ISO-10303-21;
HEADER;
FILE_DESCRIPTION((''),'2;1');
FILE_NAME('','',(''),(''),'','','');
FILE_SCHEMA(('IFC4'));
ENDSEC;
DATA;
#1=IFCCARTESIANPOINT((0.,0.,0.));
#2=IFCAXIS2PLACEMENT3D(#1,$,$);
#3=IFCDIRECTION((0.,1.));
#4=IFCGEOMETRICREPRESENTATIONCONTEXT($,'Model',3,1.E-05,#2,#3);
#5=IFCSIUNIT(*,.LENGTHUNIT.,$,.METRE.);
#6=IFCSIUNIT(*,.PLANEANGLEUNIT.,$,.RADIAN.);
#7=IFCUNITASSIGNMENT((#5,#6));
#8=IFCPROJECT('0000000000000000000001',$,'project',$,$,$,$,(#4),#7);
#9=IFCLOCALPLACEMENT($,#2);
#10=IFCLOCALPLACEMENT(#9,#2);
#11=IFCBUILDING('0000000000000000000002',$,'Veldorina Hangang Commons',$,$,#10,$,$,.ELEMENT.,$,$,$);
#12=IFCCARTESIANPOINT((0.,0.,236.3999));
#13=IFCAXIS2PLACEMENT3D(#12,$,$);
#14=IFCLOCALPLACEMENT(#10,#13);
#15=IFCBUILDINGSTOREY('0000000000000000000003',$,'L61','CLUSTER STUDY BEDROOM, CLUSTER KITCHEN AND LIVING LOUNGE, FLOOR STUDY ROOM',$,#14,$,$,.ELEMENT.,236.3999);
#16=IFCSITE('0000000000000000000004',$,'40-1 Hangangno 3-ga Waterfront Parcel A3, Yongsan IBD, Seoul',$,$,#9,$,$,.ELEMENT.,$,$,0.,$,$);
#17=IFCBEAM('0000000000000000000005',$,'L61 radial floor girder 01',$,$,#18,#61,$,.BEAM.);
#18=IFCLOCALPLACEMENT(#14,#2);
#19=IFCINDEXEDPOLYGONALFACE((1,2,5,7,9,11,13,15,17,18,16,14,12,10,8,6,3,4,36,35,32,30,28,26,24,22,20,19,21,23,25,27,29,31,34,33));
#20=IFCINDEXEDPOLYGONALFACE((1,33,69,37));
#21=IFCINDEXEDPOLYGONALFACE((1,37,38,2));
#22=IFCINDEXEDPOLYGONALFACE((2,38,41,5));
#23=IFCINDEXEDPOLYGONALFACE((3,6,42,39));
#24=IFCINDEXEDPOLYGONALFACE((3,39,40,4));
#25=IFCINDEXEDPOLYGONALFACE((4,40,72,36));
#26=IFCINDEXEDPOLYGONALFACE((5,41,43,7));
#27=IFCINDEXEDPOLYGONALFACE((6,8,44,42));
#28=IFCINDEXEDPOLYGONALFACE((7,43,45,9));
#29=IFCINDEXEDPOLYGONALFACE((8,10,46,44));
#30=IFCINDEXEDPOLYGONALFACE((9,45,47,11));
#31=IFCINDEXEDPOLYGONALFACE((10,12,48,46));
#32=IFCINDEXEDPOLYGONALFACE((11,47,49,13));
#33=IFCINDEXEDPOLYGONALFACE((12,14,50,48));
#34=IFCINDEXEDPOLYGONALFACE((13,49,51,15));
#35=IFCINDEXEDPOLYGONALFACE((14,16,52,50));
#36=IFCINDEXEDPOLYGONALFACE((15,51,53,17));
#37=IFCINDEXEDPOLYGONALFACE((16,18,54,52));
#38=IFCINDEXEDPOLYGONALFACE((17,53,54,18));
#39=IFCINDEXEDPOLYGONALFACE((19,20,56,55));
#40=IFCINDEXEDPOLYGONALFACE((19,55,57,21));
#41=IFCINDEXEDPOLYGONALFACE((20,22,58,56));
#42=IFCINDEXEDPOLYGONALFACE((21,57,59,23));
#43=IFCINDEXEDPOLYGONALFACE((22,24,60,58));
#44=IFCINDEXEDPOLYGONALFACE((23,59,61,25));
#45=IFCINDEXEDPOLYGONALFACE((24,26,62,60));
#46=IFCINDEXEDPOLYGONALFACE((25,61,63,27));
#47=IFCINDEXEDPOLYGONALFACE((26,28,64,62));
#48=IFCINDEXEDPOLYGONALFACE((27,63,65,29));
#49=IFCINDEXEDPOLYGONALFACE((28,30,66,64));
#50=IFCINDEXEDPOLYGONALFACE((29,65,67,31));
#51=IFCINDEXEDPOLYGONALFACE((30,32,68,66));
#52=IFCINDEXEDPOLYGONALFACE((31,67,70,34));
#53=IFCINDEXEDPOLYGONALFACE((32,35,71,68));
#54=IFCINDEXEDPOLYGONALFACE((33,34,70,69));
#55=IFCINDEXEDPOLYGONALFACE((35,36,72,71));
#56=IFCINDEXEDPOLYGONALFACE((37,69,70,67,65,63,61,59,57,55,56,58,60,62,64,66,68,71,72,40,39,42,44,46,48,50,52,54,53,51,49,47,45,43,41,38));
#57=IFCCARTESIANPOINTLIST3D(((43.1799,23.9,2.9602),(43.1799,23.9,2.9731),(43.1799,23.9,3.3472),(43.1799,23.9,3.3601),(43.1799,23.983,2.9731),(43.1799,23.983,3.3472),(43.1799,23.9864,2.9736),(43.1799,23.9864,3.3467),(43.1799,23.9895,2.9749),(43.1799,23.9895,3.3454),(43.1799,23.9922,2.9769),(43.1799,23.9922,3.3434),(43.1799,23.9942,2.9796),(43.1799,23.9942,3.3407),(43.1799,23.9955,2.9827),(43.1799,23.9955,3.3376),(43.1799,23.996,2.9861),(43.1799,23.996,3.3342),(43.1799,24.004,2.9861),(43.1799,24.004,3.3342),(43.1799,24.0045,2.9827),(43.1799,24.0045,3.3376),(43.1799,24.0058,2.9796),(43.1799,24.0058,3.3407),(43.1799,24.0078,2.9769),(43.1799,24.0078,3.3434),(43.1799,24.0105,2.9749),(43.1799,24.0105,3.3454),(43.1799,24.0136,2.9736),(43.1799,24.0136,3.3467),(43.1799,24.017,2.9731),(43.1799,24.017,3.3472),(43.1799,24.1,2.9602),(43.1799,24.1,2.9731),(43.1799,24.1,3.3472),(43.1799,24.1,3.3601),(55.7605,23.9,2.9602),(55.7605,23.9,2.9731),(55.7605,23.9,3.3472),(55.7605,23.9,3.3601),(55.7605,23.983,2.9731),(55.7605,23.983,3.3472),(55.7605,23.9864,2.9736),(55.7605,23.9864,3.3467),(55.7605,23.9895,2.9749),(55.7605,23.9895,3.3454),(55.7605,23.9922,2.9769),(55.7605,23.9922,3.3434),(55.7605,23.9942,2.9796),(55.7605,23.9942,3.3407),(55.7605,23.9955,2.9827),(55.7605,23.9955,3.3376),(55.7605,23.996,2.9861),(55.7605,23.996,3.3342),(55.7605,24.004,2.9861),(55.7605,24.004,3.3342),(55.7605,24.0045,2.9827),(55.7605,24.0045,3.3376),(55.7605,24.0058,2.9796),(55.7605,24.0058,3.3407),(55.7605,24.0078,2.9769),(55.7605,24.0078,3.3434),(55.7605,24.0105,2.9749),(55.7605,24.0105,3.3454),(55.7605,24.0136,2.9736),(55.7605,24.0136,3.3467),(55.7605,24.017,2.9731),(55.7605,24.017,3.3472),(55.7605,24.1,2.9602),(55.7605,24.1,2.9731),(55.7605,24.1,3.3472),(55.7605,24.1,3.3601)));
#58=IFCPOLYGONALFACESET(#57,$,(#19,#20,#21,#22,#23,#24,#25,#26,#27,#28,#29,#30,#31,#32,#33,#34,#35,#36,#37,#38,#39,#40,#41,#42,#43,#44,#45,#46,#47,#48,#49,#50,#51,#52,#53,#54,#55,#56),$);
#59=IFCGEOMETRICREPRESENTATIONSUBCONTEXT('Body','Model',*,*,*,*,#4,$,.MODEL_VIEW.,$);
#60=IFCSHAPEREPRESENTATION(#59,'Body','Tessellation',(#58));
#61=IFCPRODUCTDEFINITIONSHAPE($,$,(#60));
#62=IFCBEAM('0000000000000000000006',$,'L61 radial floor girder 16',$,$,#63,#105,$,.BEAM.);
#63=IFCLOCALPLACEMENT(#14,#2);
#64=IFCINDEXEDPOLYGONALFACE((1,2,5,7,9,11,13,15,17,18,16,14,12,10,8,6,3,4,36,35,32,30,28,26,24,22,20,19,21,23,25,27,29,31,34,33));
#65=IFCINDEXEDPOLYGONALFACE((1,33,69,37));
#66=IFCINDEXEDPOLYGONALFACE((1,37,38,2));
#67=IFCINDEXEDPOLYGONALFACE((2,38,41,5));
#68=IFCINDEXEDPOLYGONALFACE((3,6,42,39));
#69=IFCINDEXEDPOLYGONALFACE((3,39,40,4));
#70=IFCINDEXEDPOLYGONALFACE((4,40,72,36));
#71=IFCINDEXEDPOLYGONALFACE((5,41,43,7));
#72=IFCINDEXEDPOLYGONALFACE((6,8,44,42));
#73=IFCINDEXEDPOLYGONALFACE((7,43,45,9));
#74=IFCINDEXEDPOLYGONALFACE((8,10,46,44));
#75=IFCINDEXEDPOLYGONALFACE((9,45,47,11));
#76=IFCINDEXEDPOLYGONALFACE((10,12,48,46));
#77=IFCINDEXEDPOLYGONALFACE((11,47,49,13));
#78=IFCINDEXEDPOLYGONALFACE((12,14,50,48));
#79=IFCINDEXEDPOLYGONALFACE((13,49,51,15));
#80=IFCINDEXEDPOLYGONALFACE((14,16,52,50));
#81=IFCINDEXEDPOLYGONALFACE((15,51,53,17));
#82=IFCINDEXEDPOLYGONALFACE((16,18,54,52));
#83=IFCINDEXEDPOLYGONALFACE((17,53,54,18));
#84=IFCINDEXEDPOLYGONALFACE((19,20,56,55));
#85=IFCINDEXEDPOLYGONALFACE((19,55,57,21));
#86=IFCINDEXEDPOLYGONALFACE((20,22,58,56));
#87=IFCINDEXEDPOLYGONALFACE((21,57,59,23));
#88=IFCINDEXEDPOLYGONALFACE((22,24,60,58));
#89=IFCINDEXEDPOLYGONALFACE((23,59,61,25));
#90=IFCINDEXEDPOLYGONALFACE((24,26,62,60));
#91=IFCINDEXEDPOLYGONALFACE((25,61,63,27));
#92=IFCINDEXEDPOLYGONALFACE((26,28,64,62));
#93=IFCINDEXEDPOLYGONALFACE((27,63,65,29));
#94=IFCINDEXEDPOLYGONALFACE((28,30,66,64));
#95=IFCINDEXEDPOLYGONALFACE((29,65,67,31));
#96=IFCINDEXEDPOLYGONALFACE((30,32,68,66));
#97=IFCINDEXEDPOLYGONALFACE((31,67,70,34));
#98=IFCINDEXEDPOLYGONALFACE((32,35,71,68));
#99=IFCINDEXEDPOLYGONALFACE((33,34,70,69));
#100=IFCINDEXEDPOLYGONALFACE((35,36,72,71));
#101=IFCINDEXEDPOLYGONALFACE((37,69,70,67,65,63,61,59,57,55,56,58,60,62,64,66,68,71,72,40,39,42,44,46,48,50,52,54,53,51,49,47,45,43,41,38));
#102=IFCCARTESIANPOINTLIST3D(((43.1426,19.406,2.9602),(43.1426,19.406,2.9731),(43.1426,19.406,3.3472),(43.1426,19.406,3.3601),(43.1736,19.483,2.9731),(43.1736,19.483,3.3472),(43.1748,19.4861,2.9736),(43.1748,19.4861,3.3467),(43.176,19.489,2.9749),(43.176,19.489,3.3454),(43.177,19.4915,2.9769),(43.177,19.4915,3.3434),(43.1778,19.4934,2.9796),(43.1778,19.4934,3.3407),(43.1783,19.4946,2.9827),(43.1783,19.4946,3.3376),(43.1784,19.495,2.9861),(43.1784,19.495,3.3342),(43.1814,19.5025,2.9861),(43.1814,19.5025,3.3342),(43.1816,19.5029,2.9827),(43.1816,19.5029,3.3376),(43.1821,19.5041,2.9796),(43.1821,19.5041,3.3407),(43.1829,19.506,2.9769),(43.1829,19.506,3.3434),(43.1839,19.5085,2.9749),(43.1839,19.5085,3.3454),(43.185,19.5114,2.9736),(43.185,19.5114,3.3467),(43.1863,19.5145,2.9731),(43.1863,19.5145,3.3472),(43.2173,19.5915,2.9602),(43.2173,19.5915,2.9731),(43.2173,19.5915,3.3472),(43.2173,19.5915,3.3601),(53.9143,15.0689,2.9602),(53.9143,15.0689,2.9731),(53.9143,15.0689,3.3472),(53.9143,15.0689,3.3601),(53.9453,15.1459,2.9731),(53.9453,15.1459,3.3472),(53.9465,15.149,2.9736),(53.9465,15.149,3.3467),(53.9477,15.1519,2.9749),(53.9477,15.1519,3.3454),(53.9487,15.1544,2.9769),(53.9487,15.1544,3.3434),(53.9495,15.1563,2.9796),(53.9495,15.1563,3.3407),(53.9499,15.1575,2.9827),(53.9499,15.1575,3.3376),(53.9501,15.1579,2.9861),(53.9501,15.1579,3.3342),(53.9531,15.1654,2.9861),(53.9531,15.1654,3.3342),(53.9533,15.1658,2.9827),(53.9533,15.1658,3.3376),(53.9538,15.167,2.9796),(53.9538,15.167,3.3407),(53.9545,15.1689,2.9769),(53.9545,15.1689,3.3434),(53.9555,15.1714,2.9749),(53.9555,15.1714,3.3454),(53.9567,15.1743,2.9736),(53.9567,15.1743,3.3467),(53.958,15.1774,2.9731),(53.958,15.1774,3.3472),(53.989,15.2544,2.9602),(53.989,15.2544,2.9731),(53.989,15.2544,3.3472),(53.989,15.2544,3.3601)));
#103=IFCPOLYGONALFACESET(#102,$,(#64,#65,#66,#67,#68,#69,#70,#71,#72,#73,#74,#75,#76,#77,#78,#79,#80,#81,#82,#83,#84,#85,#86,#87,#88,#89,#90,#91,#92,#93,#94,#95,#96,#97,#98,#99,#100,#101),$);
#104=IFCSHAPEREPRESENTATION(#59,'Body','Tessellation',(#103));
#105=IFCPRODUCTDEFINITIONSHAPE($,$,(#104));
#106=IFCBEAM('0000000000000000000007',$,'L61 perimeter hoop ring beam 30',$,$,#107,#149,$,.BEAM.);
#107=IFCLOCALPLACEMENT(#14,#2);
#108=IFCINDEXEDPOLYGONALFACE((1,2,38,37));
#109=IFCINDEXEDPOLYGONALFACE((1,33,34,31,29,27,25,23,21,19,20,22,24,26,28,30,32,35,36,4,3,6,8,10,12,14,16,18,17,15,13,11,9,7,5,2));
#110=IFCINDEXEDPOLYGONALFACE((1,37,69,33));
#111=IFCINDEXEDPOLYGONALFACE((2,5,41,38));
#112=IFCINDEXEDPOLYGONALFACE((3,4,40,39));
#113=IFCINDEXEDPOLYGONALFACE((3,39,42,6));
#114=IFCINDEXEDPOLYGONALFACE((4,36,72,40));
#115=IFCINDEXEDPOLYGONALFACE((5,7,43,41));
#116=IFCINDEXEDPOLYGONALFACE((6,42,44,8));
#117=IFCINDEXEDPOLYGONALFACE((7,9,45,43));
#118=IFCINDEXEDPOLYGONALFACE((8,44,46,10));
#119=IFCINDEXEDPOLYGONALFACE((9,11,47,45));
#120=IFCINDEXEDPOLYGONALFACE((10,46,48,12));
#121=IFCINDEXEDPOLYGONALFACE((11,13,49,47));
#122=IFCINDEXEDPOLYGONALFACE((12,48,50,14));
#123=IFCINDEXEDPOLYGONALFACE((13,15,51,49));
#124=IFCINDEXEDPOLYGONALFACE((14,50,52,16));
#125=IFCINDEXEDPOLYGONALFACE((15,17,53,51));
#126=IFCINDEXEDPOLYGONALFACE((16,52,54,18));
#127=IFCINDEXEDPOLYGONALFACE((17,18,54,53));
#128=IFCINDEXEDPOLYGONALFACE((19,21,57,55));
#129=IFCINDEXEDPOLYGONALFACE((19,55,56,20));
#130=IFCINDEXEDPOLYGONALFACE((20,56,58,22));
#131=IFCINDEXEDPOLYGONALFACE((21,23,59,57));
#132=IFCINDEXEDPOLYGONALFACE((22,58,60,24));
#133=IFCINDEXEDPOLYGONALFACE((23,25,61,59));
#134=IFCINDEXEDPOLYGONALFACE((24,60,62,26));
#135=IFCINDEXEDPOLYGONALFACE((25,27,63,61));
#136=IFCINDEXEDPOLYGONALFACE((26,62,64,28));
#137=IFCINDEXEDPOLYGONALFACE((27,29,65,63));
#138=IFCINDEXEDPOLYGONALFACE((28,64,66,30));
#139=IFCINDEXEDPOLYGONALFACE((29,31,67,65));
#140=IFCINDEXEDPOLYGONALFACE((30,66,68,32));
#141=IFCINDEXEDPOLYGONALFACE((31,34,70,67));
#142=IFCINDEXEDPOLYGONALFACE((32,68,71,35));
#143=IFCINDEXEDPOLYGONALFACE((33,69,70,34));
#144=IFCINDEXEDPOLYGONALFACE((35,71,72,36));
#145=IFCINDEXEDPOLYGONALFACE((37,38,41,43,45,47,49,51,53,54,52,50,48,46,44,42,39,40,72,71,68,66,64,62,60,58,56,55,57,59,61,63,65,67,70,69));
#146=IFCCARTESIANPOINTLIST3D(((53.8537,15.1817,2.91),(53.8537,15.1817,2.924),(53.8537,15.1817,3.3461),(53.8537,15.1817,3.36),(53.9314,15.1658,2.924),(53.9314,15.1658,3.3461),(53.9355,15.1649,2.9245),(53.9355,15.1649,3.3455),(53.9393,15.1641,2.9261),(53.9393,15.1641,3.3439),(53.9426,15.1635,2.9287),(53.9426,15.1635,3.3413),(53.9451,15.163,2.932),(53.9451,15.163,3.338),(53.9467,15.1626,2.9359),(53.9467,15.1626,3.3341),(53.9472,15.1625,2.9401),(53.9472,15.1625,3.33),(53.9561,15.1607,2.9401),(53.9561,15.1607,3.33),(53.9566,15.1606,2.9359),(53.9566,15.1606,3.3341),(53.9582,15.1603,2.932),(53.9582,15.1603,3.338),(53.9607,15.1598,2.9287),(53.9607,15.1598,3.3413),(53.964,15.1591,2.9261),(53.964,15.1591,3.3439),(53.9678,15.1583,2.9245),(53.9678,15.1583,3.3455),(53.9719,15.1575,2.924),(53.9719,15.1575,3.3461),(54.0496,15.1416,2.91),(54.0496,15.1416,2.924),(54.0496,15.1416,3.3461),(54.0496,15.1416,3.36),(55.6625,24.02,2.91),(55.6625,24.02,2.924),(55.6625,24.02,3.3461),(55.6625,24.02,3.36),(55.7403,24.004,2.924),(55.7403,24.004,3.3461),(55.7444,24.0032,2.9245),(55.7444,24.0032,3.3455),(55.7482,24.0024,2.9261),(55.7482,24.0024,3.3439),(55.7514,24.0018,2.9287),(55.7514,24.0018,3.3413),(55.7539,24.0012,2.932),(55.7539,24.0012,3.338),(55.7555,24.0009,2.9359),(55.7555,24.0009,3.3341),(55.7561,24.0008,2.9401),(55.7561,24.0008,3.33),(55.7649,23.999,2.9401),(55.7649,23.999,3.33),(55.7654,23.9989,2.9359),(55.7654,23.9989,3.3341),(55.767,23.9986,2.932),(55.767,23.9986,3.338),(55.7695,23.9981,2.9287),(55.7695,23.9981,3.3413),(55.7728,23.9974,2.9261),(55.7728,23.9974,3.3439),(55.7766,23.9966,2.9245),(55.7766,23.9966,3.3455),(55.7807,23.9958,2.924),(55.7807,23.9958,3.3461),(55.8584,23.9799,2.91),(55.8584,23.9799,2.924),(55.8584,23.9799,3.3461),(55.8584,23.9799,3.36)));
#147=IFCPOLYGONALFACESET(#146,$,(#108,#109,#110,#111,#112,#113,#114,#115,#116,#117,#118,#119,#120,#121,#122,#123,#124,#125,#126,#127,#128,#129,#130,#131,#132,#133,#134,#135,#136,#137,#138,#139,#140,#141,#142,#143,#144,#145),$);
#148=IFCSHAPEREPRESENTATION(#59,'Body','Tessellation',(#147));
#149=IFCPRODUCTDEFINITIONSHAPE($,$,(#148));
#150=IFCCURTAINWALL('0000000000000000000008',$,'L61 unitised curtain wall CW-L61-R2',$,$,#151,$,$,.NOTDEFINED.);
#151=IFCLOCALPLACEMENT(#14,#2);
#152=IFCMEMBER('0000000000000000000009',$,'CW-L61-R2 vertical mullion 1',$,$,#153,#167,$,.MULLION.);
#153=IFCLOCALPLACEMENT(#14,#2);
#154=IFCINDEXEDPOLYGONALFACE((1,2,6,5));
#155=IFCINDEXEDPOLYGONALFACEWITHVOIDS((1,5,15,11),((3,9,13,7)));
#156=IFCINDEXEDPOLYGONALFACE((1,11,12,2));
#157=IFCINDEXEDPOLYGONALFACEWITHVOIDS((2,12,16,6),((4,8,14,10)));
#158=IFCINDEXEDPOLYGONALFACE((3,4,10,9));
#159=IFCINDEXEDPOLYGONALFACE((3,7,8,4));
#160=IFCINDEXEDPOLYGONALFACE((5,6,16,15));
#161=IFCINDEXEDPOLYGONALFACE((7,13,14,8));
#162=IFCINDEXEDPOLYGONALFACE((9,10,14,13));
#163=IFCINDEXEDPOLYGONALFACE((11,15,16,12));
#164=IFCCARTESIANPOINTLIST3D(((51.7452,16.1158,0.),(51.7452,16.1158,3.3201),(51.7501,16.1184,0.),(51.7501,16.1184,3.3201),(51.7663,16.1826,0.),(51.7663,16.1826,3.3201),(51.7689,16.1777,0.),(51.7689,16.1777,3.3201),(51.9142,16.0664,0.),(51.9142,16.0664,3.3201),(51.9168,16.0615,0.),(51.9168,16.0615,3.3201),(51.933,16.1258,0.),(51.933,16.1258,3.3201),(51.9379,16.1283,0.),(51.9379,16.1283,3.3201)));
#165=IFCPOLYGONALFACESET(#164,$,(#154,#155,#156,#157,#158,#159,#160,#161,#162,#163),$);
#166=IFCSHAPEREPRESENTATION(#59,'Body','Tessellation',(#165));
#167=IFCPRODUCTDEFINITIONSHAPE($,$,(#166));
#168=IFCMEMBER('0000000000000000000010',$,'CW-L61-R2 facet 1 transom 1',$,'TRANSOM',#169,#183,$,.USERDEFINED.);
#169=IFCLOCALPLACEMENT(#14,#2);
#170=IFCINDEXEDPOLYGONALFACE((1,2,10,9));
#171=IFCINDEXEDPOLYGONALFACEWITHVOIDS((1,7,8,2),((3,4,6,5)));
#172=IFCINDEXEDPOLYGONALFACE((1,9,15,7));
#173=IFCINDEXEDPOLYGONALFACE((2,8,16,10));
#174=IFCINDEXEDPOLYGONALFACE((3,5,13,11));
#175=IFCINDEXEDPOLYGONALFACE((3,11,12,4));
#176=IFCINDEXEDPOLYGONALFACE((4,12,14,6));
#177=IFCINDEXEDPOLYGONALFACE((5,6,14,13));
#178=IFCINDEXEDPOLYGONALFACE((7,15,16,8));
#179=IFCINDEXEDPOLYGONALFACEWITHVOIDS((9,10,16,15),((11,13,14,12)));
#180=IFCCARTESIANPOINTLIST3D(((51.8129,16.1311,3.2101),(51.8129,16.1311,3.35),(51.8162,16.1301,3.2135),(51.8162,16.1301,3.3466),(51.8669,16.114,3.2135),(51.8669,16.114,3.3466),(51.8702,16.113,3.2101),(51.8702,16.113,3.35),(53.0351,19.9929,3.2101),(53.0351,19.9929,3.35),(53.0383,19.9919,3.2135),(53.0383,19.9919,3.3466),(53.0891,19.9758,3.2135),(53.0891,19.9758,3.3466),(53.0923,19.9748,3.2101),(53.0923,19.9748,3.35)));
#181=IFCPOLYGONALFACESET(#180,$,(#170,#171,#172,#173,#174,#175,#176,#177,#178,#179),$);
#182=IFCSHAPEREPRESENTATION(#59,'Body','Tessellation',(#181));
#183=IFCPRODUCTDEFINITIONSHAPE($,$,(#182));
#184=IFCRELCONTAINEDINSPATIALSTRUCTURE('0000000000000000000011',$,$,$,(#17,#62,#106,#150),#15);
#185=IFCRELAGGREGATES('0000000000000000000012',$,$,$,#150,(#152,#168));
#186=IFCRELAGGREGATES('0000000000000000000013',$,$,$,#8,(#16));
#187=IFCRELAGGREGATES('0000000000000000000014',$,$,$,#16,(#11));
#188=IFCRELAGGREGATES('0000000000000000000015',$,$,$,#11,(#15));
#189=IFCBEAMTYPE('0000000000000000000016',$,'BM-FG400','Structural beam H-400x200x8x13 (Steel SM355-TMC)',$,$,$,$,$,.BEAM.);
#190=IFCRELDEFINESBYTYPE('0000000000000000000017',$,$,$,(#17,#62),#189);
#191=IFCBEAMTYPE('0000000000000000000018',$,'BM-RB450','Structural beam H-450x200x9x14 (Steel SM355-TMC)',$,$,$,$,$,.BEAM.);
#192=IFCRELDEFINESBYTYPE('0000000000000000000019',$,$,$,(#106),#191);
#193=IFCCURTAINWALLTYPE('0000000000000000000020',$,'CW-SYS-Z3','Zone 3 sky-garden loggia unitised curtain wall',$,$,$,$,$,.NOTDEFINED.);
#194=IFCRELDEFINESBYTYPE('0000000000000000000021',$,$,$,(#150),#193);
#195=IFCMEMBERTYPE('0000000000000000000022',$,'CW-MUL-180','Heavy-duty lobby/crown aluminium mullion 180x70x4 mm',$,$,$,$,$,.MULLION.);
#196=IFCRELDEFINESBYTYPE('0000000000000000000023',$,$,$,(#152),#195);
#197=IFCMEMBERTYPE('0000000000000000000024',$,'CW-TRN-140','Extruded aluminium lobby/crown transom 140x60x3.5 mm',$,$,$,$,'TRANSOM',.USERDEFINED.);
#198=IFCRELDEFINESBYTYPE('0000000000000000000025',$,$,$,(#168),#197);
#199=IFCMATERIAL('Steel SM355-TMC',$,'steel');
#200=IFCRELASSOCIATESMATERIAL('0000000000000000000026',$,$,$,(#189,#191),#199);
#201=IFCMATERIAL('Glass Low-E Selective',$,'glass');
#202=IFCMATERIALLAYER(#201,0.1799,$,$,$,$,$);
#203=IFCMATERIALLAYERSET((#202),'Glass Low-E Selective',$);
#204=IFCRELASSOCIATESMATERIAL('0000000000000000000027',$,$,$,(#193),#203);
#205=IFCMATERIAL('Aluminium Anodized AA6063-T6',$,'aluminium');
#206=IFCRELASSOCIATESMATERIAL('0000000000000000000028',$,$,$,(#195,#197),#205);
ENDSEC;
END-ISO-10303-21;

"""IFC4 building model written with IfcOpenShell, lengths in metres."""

from ifc_helpers import new_model, si_unit, direction, frame, origin, origin_2d, place, context, subcontext, project, spatial, hollow_rectangle, i_section, extrude, material, layer, layer_set, material_profile, profile_set, type_object, element, aggregate, save


model = new_model("IFC4")

# Units and contexts
model_context = context("Model", 3, precision=1e-05, world=origin(), true_north=direction((0.0, 1.0)))
body_context = subcontext(model_context, "Body", "Model", "MODEL_VIEW")
ifc_project = project(units=[si_unit("LENGTHUNIT", "METRE"), si_unit("PLANEANGLEUNIT", "RADIAN")], contexts=[model_context])

# Site, building, storey
site_placement = place(None, origin())
site = spatial("IfcSite", under=ifc_project, at=site_placement, Name="40-1 Hangangno 3-ga Waterfront Parcel A3, Yongsan IBD, Seoul", CompositionType="ELEMENT", RefElevation=0.0)
building_placement = place(site_placement, origin())
building = spatial("IfcBuilding", under=site, at=building_placement, Name="Veldorina Hangang Commons", CompositionType="ELEMENT")
storey_placement = place(building_placement, frame((0.0, 0.0, 236.3999)))
storey = spatial("IfcBuildingStorey", under=building, at=storey_placement, Name="L61", Description="CLUSTER STUDY BEDROOM, CLUSTER KITCHEN AND LIVING LOUNGE, FLOOR STUDY ROOM", CompositionType="ELEMENT", Elevation=236.3999)

# Beams
ifc_material_1 = material(Name="Steel SM355-TMC", Category="steel")
ifc_material_profile_1 = material_profile(ifc_material_1, i_section(OverallWidth=0.2, OverallDepth=0.3999, WebThickness=0.0081, FlangeThickness=0.0129, FilletRadius=0.0129, at=origin_2d()), Name="H-400x200x8x13")
ifc_profile_set_1 = profile_set([ifc_material_profile_1], Name="Steel SM355-TMC")
beam_type_1 = type_object("IfcBeamType", Name="BM-FG400", Description="Structural beam H-400x200x8x13 (Steel SM355-TMC)", PredefinedType="BEAM", material=ifc_profile_set_1)
beam_1_placement = place(storey_placement, frame((43.1799, 24.0, 3.1602), z_axis=(1.0, 0.0, 0.0), x_axis=(0.0, 1.0, 0.0)))
element("IfcBeam", 1, at=beam_1_placement, inside=storey, type_object=beam_type_1, Name="L61 radial floor girder 01", PredefinedType="BEAM", context=body_context, shape_type="SweptSolid", body=[
    extrude(i_section(OverallWidth=0.2, OverallDepth=0.3999, WebThickness=0.0081, FlangeThickness=0.0129, FilletRadius=0.0129, at=origin_2d()), origin(), (0.0, 0.0, 1.0), 12.5806),
])
beam_2_placement = place(storey_placement, frame((43.1799, 19.4988, 3.1602), z_axis=(0.927629, -0.373503, 0.0), x_axis=(0.373503, 0.927629, 0.0)))
element("IfcBeam", 2, at=beam_2_placement, inside=storey, type_object=beam_type_1, Name="L61 radial floor girder 16", PredefinedType="BEAM", context=body_context, shape_type="SweptSolid", body=[
    extrude(i_section(OverallWidth=0.2, OverallDepth=0.3999, WebThickness=0.0081, FlangeThickness=0.0129, FilletRadius=0.0129, at=origin_2d()), origin(), (0.0, 0.0, 1.0), 11.6121),
])
ifc_material_profile_2 = material_profile(ifc_material_1, i_section(OverallWidth=0.2, OverallDepth=0.45, WebThickness=0.009, FlangeThickness=0.0139, FilletRadius=0.0161, at=origin_2d()), Name="H-450x200x9x14")
ifc_profile_set_2 = profile_set([ifc_material_profile_2], Name="Steel SM355-TMC")
beam_type_2 = type_object("IfcBeamType", Name="BM-RB450", Description="Structural beam H-450x200x9x14 (Steel SM355-TMC)", PredefinedType="BEAM", material=ifc_profile_set_2)
beam_3_placement = place(storey_placement, frame((53.9517, 15.1616, 3.135), z_axis=(0.200501, 0.979693, 0.0), x_axis=(-0.979693, 0.200501, 0.0)))
element("IfcBeam", 3, at=beam_3_placement, inside=storey, type_object=beam_type_2, Name="L61 perimeter hoop ring beam 30", PredefinedType="BEAM", context=body_context, shape_type="SweptSolid", body=[
    extrude(i_section(OverallWidth=0.2, OverallDepth=0.45, WebThickness=0.009, FlangeThickness=0.0139, FilletRadius=0.0161, at=origin_2d()), origin(), (0.0, 0.0, 1.0), 9.0215),
])

# Curtain wall, members
ifc_material_2 = material(Name="Glass Low-E Selective", Category="glass")
ifc_layer_1 = layer(ifc_material_2, 0.1799)
ifc_layer_set_1 = layer_set([ifc_layer_1], Name="Glass Low-E Selective")
curtain_wall_type = type_object("IfcCurtainWallType", Name="CW-SYS-Z3", Description="Zone 3 sky-garden loggia unitised curtain wall", PredefinedType="NOTDEFINED", material=ifc_layer_set_1)
curtain_wall_placement = place(storey_placement, origin())
curtain_wall = element("IfcCurtainWall", 4, at=curtain_wall_placement, inside=storey, type_object=curtain_wall_type, Name="L61 unitised curtain wall CW-L61-R2", PredefinedType="NOTDEFINED")
ifc_material_3 = material(Name="Aluminium Anodized AA6063-T6", Category="aluminium")
ifc_material_profile_3 = material_profile(ifc_material_3, hollow_rectangle(XDim=0.0701, YDim=0.1799, WallThickness=0.0039, at=origin_2d()), Name="ALU-RHS-180x70x4")
ifc_profile_set_3 = profile_set([ifc_material_profile_3], Name="Aluminium Anodized AA6063-T6")
member_type_1 = type_object("IfcMemberType", Name="CW-MUL-180", Description="Heavy-duty lobby/crown aluminium mullion 180x70x4 mm", PredefinedType="MULLION", material=ifc_profile_set_3)
member_1_placement = place(storey_placement, frame((51.8416, 16.1221, 0.0), z_axis=(0.0, 0.0, 1.0), x_axis=(0.301704, 0.953402, 0.0)))
member_1 = element("IfcMember", 5, at=member_1_placement, type_object=member_type_1, Name="CW-L61-R2 vertical mullion 1", PredefinedType="MULLION", context=body_context, shape_type="SweptSolid", body=[
    extrude(hollow_rectangle(XDim=0.0701, YDim=0.1799, WallThickness=0.0039, at=origin_2d()), origin(), (0.0, 0.0, 1.0), 3.3201),
])
ifc_material_profile_4 = material_profile(ifc_material_3, hollow_rectangle(XDim=0.0601, YDim=0.1399, WallThickness=0.0034, at=origin_2d()), Name="ALU-RHS-140x60x3.5")
ifc_profile_set_4 = profile_set([ifc_material_profile_4], Name="Aluminium Anodized AA6063-T6")
member_type_2 = type_object("IfcMemberType", Name="CW-TRN-140", Description="Extruded aluminium lobby/crown transom 140x60x3.5 mm", ElementType="TRANSOM", PredefinedType="USERDEFINED", material=ifc_profile_set_4)
member_2_placement = place(storey_placement, frame((51.8416, 16.1221, 3.28), z_axis=(0.301726, 0.953395, 0.0), x_axis=(-0.953395, 0.301726, 0.0)))
member_2 = element("IfcMember", 6, at=member_2_placement, type_object=member_type_2, Name="CW-L61-R2 facet 1 transom 1", ObjectType="TRANSOM", PredefinedType="USERDEFINED", context=body_context, shape_type="SweptSolid", body=[
    extrude(hollow_rectangle(XDim=0.0601, YDim=0.1399, WallThickness=0.0034, at=origin_2d()), origin(), (0.0, 0.0, 1.0), 4.0505),
])

aggregate(curtain_wall, [member_1, member_2])

save(model, "model.ifc")
